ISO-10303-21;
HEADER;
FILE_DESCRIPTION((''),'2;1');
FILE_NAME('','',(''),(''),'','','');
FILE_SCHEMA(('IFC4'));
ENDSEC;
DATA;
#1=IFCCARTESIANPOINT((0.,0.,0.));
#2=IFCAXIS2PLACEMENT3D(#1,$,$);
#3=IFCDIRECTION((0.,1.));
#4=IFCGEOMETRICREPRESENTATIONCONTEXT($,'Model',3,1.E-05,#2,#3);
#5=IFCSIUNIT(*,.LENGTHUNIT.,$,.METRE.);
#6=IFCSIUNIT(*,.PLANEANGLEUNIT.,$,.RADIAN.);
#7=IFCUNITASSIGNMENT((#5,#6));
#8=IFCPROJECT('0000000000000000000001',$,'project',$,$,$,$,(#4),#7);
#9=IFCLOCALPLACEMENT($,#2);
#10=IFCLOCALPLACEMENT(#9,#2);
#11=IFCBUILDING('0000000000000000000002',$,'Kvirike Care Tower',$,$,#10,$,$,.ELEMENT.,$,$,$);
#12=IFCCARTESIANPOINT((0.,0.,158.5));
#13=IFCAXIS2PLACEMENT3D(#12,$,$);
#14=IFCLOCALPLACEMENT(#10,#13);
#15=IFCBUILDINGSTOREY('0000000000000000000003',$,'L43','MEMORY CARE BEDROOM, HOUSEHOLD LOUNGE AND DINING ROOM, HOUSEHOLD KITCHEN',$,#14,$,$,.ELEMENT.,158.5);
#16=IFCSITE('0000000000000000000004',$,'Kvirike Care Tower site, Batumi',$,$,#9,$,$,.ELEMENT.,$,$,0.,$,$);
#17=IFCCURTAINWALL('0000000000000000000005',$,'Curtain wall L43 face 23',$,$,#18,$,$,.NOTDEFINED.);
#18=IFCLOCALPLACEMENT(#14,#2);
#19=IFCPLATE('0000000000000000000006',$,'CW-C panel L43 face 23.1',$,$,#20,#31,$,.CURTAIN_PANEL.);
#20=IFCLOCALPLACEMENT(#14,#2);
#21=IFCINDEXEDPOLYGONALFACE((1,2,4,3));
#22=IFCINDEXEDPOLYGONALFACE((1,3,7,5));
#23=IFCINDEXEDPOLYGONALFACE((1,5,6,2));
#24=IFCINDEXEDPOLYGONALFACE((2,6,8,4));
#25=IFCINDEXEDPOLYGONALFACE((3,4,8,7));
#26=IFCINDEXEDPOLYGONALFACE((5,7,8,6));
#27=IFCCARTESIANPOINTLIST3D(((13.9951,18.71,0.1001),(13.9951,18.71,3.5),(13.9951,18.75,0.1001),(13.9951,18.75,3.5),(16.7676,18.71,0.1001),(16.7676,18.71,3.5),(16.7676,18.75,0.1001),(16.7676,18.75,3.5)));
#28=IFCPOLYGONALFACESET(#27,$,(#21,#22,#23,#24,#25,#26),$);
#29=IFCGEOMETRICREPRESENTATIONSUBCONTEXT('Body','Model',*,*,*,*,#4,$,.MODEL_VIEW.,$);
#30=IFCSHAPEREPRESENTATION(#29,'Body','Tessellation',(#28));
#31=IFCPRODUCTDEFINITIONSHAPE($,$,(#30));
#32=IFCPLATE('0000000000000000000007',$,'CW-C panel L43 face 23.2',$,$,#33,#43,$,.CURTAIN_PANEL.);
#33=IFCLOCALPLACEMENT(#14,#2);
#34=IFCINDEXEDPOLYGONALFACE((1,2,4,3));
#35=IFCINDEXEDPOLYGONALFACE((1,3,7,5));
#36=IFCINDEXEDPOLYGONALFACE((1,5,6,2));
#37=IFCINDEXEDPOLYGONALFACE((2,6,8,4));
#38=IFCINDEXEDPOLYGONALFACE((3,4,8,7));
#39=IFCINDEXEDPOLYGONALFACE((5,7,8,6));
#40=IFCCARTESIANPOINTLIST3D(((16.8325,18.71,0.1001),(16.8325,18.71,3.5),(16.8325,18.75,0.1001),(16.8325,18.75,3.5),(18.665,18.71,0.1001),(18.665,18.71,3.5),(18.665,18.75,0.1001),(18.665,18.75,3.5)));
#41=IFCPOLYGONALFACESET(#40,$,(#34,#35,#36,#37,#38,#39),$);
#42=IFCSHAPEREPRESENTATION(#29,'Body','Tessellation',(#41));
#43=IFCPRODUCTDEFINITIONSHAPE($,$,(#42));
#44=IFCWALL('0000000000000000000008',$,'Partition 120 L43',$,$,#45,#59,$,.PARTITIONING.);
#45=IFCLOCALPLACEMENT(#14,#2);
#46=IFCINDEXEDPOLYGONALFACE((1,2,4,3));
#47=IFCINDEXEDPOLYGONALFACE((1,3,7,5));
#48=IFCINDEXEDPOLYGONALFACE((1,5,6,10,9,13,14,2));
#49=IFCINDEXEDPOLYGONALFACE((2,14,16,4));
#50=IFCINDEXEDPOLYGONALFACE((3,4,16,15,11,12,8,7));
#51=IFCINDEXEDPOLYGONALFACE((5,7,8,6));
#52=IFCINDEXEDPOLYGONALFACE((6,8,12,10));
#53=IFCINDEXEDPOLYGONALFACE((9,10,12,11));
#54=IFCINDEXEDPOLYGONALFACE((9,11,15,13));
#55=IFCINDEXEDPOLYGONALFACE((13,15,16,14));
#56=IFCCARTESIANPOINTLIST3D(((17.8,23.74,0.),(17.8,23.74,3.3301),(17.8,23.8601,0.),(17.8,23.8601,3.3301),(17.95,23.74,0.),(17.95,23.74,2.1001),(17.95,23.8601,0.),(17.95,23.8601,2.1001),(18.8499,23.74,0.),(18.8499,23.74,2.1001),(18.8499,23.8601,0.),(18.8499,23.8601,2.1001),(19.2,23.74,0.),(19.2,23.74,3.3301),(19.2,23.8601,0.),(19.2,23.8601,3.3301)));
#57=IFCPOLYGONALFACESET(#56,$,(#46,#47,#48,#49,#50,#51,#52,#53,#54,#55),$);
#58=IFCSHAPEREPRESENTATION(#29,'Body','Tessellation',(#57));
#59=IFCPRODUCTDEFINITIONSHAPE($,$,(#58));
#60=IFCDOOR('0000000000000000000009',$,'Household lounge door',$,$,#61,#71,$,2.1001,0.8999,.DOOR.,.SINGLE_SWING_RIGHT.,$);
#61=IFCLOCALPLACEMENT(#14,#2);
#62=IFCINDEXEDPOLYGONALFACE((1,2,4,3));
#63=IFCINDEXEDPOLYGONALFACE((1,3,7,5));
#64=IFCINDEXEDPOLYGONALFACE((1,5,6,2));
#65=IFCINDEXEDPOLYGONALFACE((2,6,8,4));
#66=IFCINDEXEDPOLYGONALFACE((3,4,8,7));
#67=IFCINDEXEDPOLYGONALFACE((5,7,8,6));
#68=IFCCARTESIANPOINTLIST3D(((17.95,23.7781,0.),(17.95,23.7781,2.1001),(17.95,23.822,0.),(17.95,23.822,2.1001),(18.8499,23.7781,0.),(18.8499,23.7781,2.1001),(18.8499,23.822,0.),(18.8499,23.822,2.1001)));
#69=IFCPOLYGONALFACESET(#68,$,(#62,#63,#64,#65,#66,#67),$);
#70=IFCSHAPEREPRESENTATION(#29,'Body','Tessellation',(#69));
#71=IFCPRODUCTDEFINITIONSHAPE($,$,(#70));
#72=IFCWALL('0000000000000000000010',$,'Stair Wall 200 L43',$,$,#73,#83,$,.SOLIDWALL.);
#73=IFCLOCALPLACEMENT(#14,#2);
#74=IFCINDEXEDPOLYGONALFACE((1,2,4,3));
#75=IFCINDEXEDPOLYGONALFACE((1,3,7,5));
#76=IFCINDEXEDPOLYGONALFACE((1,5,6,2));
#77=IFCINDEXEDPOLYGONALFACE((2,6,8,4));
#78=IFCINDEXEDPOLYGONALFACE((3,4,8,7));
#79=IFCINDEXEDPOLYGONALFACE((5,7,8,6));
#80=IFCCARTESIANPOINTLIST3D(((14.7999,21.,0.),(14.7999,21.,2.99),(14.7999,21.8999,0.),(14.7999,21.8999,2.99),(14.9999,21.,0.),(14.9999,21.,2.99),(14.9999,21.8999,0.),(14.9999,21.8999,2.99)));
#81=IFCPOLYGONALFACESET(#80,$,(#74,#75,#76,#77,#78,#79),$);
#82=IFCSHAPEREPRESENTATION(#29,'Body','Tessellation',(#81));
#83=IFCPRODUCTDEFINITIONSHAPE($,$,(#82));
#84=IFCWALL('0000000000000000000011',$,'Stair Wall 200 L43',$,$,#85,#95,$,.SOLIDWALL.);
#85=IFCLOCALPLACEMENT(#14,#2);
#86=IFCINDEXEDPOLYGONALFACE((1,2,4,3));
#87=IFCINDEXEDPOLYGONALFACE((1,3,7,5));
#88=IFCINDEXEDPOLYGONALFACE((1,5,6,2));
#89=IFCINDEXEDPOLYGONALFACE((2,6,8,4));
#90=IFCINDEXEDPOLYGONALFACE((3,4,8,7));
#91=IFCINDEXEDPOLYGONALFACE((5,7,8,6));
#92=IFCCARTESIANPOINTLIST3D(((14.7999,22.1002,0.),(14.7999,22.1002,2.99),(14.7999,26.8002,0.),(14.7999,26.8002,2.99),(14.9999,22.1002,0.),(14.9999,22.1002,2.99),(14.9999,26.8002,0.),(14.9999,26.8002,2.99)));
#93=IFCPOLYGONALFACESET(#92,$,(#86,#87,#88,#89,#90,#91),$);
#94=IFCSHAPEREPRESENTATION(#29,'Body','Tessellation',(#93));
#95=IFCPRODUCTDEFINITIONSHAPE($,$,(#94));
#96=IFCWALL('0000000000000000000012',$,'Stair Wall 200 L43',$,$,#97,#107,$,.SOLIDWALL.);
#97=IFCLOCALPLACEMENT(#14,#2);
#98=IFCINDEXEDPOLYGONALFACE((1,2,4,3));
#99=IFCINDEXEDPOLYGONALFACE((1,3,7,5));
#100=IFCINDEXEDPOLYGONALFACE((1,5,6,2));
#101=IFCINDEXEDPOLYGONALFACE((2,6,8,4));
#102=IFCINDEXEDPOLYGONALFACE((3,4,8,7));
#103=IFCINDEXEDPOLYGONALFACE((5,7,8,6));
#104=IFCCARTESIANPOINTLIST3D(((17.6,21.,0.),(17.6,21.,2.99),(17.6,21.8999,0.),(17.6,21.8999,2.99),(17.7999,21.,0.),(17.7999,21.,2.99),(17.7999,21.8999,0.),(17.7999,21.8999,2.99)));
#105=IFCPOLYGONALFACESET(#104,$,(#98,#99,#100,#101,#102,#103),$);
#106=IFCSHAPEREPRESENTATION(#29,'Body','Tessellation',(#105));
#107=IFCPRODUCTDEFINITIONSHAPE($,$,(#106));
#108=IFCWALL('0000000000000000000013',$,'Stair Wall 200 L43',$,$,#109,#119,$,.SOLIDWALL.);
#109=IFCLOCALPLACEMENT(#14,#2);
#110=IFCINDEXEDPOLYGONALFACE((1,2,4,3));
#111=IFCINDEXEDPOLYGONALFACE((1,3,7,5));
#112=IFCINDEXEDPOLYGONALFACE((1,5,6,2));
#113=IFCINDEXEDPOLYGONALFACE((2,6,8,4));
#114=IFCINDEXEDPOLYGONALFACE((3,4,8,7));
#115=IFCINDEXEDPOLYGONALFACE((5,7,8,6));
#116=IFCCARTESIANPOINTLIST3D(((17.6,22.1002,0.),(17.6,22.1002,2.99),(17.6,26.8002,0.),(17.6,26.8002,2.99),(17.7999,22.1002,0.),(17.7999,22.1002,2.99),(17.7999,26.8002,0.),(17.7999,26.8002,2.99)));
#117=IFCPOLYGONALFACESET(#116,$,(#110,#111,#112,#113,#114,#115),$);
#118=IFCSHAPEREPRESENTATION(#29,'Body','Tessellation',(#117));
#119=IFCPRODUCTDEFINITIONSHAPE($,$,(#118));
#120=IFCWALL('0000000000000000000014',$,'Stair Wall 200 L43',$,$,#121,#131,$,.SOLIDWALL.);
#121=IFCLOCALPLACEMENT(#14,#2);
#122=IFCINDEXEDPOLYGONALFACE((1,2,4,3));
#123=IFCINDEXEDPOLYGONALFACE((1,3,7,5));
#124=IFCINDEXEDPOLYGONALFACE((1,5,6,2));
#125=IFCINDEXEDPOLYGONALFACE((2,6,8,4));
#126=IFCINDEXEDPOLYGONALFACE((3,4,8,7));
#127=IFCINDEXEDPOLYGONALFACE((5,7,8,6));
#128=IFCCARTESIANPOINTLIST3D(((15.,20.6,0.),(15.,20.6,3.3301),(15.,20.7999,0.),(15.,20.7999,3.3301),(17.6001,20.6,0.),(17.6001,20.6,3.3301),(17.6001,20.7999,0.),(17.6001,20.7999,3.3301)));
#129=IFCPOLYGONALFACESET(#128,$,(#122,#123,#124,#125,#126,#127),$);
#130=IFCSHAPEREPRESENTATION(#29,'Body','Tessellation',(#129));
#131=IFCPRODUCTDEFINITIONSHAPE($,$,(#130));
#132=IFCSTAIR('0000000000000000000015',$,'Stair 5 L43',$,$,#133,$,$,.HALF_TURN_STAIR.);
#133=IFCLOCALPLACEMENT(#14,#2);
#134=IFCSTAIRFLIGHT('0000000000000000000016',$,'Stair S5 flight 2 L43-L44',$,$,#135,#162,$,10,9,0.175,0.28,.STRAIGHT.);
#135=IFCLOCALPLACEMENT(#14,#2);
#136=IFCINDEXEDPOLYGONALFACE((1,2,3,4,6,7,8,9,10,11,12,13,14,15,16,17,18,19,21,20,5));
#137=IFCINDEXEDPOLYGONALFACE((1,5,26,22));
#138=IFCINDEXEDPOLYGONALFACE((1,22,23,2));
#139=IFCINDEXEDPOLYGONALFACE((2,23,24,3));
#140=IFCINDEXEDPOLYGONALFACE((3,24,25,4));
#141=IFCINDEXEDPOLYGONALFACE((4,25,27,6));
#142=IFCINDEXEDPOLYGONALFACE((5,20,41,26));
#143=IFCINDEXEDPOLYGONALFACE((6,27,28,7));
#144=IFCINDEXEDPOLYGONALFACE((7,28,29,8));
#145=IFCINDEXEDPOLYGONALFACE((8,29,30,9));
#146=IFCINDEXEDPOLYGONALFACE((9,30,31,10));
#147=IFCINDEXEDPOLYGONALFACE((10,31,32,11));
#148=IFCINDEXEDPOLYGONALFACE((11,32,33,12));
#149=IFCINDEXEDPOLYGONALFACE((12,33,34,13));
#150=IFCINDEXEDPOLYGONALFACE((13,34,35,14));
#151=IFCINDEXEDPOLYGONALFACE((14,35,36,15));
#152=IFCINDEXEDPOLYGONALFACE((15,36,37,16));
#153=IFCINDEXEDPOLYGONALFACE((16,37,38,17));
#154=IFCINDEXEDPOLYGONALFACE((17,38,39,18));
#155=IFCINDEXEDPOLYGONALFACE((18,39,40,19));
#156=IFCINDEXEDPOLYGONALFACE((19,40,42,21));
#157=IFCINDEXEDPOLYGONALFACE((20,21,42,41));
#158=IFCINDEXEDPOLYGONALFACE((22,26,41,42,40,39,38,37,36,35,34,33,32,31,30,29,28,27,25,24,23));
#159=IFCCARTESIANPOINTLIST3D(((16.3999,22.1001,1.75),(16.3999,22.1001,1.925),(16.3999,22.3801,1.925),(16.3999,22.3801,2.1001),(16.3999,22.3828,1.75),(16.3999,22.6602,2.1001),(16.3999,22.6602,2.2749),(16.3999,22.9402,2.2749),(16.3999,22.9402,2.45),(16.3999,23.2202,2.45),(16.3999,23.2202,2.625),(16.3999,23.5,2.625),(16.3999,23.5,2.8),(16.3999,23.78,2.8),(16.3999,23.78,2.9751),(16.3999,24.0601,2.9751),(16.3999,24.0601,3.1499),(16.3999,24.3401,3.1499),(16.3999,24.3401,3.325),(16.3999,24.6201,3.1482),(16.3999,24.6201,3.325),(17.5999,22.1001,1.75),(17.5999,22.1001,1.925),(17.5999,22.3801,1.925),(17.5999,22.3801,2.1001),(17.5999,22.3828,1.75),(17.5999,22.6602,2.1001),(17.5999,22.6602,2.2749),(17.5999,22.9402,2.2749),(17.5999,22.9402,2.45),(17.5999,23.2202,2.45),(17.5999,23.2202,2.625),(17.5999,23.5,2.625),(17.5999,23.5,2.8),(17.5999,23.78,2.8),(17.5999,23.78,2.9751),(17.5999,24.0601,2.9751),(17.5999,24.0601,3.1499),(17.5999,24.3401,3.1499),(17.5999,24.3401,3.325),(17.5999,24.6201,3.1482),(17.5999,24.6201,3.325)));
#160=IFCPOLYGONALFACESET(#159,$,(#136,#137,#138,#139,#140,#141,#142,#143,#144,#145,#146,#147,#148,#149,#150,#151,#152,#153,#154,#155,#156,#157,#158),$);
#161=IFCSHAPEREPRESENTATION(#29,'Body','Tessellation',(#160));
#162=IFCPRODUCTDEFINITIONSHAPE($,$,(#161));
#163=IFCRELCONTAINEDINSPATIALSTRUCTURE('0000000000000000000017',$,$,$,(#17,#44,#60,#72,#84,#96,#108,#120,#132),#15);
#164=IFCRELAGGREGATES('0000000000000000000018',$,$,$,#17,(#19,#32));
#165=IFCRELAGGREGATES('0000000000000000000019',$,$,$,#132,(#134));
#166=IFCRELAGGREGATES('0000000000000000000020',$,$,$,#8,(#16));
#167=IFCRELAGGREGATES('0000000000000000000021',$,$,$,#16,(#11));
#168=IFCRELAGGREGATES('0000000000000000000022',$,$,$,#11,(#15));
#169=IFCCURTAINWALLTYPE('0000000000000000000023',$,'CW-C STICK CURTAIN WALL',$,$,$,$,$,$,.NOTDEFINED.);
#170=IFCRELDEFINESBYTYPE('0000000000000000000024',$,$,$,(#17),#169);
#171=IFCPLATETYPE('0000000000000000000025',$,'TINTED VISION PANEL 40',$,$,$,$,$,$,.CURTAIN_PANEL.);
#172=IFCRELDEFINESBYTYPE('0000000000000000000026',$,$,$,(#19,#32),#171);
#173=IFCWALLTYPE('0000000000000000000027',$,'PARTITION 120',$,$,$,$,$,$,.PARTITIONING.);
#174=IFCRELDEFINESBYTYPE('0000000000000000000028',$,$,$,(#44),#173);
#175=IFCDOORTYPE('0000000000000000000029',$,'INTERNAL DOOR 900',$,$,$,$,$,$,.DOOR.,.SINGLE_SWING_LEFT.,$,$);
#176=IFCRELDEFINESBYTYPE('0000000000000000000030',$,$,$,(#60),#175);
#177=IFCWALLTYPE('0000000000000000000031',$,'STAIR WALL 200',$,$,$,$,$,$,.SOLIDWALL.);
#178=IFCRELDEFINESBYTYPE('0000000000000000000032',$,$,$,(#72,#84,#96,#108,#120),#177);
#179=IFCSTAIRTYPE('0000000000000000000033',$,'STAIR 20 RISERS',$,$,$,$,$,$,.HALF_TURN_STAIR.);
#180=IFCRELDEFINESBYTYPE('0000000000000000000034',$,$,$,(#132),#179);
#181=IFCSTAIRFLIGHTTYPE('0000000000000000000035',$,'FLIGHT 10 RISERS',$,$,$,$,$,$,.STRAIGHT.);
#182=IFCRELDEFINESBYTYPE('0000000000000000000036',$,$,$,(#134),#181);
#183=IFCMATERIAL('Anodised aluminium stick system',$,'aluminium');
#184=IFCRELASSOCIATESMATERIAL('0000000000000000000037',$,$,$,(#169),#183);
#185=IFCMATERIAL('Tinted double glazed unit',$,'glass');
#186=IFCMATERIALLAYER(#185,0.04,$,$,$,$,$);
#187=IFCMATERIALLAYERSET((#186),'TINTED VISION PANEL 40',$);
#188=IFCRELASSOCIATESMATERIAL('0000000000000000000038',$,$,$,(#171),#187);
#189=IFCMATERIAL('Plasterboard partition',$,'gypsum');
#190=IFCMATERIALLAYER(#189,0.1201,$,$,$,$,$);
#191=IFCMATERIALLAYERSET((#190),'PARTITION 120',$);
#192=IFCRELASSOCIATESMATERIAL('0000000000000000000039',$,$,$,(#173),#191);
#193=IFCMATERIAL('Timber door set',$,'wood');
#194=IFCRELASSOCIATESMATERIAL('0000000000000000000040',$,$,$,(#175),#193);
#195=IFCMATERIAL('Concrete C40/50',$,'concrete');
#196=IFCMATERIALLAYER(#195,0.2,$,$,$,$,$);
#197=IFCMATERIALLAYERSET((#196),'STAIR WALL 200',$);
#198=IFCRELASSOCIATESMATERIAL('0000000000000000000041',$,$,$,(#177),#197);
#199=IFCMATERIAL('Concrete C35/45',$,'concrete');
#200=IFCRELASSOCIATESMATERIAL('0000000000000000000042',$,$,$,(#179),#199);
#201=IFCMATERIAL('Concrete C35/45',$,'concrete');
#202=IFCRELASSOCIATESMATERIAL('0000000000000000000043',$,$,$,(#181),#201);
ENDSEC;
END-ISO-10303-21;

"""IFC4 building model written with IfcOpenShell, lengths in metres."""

from ifc_helpers import new_model, si_unit, direction, frame, frame_2d, origin, origin_2d, place, context, subcontext, project, spatial, polyline, rectangle, outline, extrude, material, layer, layer_set, type_object, element, fill, aggregate, save


model = new_model("IFC4")

# Units and contexts
model_context = context("Model", 3, precision=1e-05, world=origin(), true_north=direction((0.0, 1.0)))
body_context = subcontext(model_context, "Body", "Model", "MODEL_VIEW")
ifc_project = project(units=[si_unit("LENGTHUNIT", "METRE"), si_unit("PLANEANGLEUNIT", "RADIAN")], contexts=[model_context])

# Site, building, storey
site_placement = place(None, origin())
site = spatial("IfcSite", under=ifc_project, at=site_placement, Name="Kvirike Care Tower site, Batumi", CompositionType="ELEMENT", RefElevation=0.0)
building_placement = place(site_placement, origin())
building = spatial("IfcBuilding", under=site, at=building_placement, Name="Kvirike Care Tower", CompositionType="ELEMENT")
storey_placement = place(building_placement, frame((0.0, 0.0, 158.5)))
storey = spatial("IfcBuildingStorey", under=building, at=storey_placement, Name="L43", Description="MEMORY CARE BEDROOM, HOUSEHOLD LOUNGE AND DINING ROOM, HOUSEHOLD KITCHEN", CompositionType="ELEMENT", Elevation=158.5)

# Curtain wall
ifc_material_1 = material(Name="Anodised aluminium stick system", Category="aluminium")
curtain_wall_type = type_object("IfcCurtainWallType", Name="CW-C STICK CURTAIN WALL", PredefinedType="NOTDEFINED", material=ifc_material_1)
curtain_wall_1_placement = place(storey_placement, origin())
curtain_wall_1 = element("IfcCurtainWall", 1, at=curtain_wall_1_placement, inside=storey, type_object=curtain_wall_type, Name="Curtain wall L43 face 23", PredefinedType="NOTDEFINED")

# Plates
ifc_material_2 = material(Name="Tinted double glazed unit", Category="glass")
ifc_layer_1 = layer(ifc_material_2, 0.04)
ifc_layer_set_1 = layer_set([ifc_layer_1], Name="TINTED VISION PANEL 40")
plate_type = type_object("IfcPlateType", Name="TINTED VISION PANEL 40", PredefinedType="CURTAIN_PANEL", material=ifc_layer_set_1)
plate_1_placement = place(storey_placement, frame((15.3813, 18.73, 0.1001), z_axis=(0.0, 0.0, 1.0), x_axis=(1.0, 0.0, 0.0)))
plate_1 = element("IfcPlate", 2, at=plate_1_placement, type_object=plate_type, Name="CW-C panel L43 face 23.1", PredefinedType="CURTAIN_PANEL", context=body_context, shape_type="SweptSolid", body=[
    extrude(rectangle(XDim=2.7725, YDim=0.04, at=origin_2d()), origin(), (0.0, 0.0, 1.0), 3.3999),
])
plate_2_placement = place(storey_placement, frame((17.7488, 18.73, 0.1001), z_axis=(0.0, 0.0, 1.0), x_axis=(1.0, 0.0, 0.0)))
plate_2 = element("IfcPlate", 3, at=plate_2_placement, type_object=plate_type, Name="CW-C panel L43 face 23.2", PredefinedType="CURTAIN_PANEL", context=body_context, shape_type="SweptSolid", body=[
    extrude(rectangle(XDim=1.8325, YDim=0.04, at=origin_2d()), origin(), (0.0, 0.0, 1.0), 3.3999),
])
aggregate(curtain_wall_1, [plate_1, plate_2])

# Wall, opening, door
ifc_material_3 = material(Name="Plasterboard partition", Category="gypsum")
ifc_layer_2 = layer(ifc_material_3, 0.1201)
ifc_layer_set_2 = layer_set([ifc_layer_2], Name="PARTITION 120")
wall_type_1 = type_object("IfcWallType", Name="PARTITION 120", PredefinedType="PARTITIONING", material=ifc_layer_set_2)
wall_1_placement = place(storey_placement, frame((17.8, 23.8, 0.0), z_axis=(0.0, 0.0, 1.0), x_axis=(1.0, 0.0, 0.0)))
wall_1 = element("IfcWall", 4, at=wall_1_placement, inside=storey, type_object=wall_type_1, Name="Partition 120 L43", PredefinedType="PARTITIONING", context=body_context, shape_type="SweptSolid", body=[
    extrude(rectangle(XDim=1.3999, YDim=0.1201, at=frame_2d((0.7, 0.0))), origin(), (0.0, 0.0, 1.0), 3.3301),
])
opening_placement = place(wall_1_placement, frame((0.1499, 0.0, 0.0)))
opening = element("IfcOpeningElement", 5, at=opening_placement, cuts=wall_1, PredefinedType="OPENING", context=body_context, shape_type="SweptSolid", body=[
    extrude(rectangle(XDim=0.8999, YDim=2.1001, at=frame_2d((0.45, 1.05))), frame((0.0, 0.0706, 0.0), z_axis=(0.0, -1.0, 0.0), x_axis=(1.0, 0.0, 0.0)), (0.0, 0.0, 1.0), 0.1411),
])
ifc_material_4 = material(Name="Timber door set", Category="wood")
door_type = type_object("IfcDoorType", Name="INTERNAL DOOR 900", OperationType="SINGLE_SWING_LEFT", PredefinedType="DOOR", material=ifc_material_4)
door_placement = place(opening_placement, origin())
door = element("IfcDoor", 6, at=door_placement, inside=storey, type_object=door_type, Name="Household lounge door", OperationType="SINGLE_SWING_RIGHT", OverallHeight=2.1001, OverallWidth=0.8999, PredefinedType="DOOR", context=body_context, shape_type="SweptSolid", body=[
    extrude(rectangle(XDim=0.8999, YDim=2.1001, at=frame_2d((0.45, 1.05))), frame((0.0, 0.022, 0.0), z_axis=(0.0, -1.0, 0.0), x_axis=(1.0, 0.0, 0.0)), (0.0, 0.0, 1.0), 0.0439),
])
fill(opening, door)

# Walls
ifc_material_5 = material(Name="Concrete C40/50", Category="concrete")
ifc_layer_3 = layer(ifc_material_5, 0.2)
ifc_layer_set_3 = layer_set([ifc_layer_3], Name="STAIR WALL 200")
wall_type_2 = type_object("IfcWallType", Name="STAIR WALL 200", PredefinedType="SOLIDWALL", material=ifc_layer_set_3)
wall_2_placement = place(storey_placement, frame((14.8999, 21.0, 0.0), z_axis=(0.0, 0.0, 1.0), x_axis=(0.0, 1.0, 0.0)))
element("IfcWall", 7, at=wall_2_placement, inside=storey, type_object=wall_type_2, Name="Stair Wall 200 L43", PredefinedType="SOLIDWALL", context=body_context, shape_type="SweptSolid", body=[
    extrude(rectangle(XDim=0.8999, YDim=0.2, at=frame_2d((0.45, 0.0))), origin(), (0.0, 0.0, 1.0), 2.99),
])
wall_3_placement = place(storey_placement, frame((14.8999, 22.1001, 0.0), z_axis=(0.0, 0.0, 1.0), x_axis=(0.0, 1.0, 0.0)))
element("IfcWall", 8, at=wall_3_placement, inside=storey, type_object=wall_type_2, Name="Stair Wall 200 L43", PredefinedType="SOLIDWALL", context=body_context, shape_type="SweptSolid", body=[
    extrude(rectangle(XDim=4.7, YDim=0.2, at=frame_2d((2.3501, 0.0))), origin(), (0.0, 0.0, 1.0), 2.99),
])
wall_4_placement = place(storey_placement, frame((17.7, 21.0, 0.0), z_axis=(0.0, 0.0, 1.0), x_axis=(0.0, 1.0, 0.0)))
element("IfcWall", 9, at=wall_4_placement, inside=storey, type_object=wall_type_2, Name="Stair Wall 200 L43", PredefinedType="SOLIDWALL", context=body_context, shape_type="SweptSolid", body=[
    extrude(rectangle(XDim=0.8999, YDim=0.2, at=frame_2d((0.45, 0.0))), origin(), (0.0, 0.0, 1.0), 2.99),
])
wall_5_placement = place(storey_placement, frame((17.7, 22.1001, 0.0), z_axis=(0.0, 0.0, 1.0), x_axis=(0.0, 1.0, 0.0)))
element("IfcWall", 10, at=wall_5_placement, inside=storey, type_object=wall_type_2, Name="Stair Wall 200 L43", PredefinedType="SOLIDWALL", context=body_context, shape_type="SweptSolid", body=[
    extrude(rectangle(XDim=4.7, YDim=0.2, at=frame_2d((2.3501, 0.0))), origin(), (0.0, 0.0, 1.0), 2.99),
])
wall_6_placement = place(storey_placement, frame((15.0, 20.7, 0.0), z_axis=(0.0, 0.0, 1.0), x_axis=(1.0, 0.0, 0.0)))
element("IfcWall", 11, at=wall_6_placement, inside=storey, type_object=wall_type_2, Name="Stair Wall 200 L43", PredefinedType="SOLIDWALL", context=body_context, shape_type="SweptSolid", body=[
    extrude(rectangle(XDim=2.6001, YDim=0.2, at=frame_2d((1.3, 0.0))), origin(), (0.0, 0.0, 1.0), 3.3301),
])

# Stair, stair flight
ifc_material_6 = material(Name="Concrete C35/45", Category="concrete")
stair_type = type_object("IfcStairType", Name="STAIR 20 RISERS", PredefinedType="HALF_TURN_STAIR", material=ifc_material_6)
stair_placement = place(storey_placement, origin())
stair = element("IfcStair", 12, at=stair_placement, inside=storey, type_object=stair_type, Name="Stair 5 L43", PredefinedType="HALF_TURN_STAIR")
ifc_material_7 = material(Name="Concrete C35/45", Category="concrete")
stair_flight_type = type_object("IfcStairFlightType", Name="FLIGHT 10 RISERS", PredefinedType="STRAIGHT", material=ifc_material_7)
stair_flight_placement = place(storey_placement, frame((17.0, 22.1001, 1.75), z_axis=(0.0, 0.0, 1.0), x_axis=(0.0, 1.0, 0.0)))
stair_flight = element("IfcStairFlight", 13, at=stair_flight_placement, type_object=stair_flight_type, Name="Stair S5 flight 2 L43-L44", NumberOfRisers=10, NumberOfTreads=9, PredefinedType="STRAIGHT", RiserHeight=0.175, TreadLength=0.28, context=body_context, shape_type="SweptSolid", body=[
    extrude(outline(polyline([(0.0, 0.0), (0.0, 0.175), (0.28, 0.175), (0.28, 0.3501), (0.5601, 0.3501), (0.5601, 0.5249), (0.8401, 0.5249), (0.8401, 0.7), (1.1201, 0.7), (1.1201, 0.875), (1.3999, 0.875), (1.3999, 1.05), (1.6799, 1.05), (1.6799, 1.2251), (1.96, 1.2251), (1.96, 1.3999), (2.24, 1.3999), (2.24, 1.575), (2.52, 1.575), (2.52, 1.75), (2.52, 1.3982), (0.2827, 0.0), (0.0, 0.0)])), frame((0.0, 0.6001, 0.0), z_axis=(0.0, -1.0, 0.0), x_axis=(1.0, 0.0, 0.0)), (0.0, 0.0, 1.0), 1.2),
])
aggregate(stair, [stair_flight])

save(model, "model.ifc")
